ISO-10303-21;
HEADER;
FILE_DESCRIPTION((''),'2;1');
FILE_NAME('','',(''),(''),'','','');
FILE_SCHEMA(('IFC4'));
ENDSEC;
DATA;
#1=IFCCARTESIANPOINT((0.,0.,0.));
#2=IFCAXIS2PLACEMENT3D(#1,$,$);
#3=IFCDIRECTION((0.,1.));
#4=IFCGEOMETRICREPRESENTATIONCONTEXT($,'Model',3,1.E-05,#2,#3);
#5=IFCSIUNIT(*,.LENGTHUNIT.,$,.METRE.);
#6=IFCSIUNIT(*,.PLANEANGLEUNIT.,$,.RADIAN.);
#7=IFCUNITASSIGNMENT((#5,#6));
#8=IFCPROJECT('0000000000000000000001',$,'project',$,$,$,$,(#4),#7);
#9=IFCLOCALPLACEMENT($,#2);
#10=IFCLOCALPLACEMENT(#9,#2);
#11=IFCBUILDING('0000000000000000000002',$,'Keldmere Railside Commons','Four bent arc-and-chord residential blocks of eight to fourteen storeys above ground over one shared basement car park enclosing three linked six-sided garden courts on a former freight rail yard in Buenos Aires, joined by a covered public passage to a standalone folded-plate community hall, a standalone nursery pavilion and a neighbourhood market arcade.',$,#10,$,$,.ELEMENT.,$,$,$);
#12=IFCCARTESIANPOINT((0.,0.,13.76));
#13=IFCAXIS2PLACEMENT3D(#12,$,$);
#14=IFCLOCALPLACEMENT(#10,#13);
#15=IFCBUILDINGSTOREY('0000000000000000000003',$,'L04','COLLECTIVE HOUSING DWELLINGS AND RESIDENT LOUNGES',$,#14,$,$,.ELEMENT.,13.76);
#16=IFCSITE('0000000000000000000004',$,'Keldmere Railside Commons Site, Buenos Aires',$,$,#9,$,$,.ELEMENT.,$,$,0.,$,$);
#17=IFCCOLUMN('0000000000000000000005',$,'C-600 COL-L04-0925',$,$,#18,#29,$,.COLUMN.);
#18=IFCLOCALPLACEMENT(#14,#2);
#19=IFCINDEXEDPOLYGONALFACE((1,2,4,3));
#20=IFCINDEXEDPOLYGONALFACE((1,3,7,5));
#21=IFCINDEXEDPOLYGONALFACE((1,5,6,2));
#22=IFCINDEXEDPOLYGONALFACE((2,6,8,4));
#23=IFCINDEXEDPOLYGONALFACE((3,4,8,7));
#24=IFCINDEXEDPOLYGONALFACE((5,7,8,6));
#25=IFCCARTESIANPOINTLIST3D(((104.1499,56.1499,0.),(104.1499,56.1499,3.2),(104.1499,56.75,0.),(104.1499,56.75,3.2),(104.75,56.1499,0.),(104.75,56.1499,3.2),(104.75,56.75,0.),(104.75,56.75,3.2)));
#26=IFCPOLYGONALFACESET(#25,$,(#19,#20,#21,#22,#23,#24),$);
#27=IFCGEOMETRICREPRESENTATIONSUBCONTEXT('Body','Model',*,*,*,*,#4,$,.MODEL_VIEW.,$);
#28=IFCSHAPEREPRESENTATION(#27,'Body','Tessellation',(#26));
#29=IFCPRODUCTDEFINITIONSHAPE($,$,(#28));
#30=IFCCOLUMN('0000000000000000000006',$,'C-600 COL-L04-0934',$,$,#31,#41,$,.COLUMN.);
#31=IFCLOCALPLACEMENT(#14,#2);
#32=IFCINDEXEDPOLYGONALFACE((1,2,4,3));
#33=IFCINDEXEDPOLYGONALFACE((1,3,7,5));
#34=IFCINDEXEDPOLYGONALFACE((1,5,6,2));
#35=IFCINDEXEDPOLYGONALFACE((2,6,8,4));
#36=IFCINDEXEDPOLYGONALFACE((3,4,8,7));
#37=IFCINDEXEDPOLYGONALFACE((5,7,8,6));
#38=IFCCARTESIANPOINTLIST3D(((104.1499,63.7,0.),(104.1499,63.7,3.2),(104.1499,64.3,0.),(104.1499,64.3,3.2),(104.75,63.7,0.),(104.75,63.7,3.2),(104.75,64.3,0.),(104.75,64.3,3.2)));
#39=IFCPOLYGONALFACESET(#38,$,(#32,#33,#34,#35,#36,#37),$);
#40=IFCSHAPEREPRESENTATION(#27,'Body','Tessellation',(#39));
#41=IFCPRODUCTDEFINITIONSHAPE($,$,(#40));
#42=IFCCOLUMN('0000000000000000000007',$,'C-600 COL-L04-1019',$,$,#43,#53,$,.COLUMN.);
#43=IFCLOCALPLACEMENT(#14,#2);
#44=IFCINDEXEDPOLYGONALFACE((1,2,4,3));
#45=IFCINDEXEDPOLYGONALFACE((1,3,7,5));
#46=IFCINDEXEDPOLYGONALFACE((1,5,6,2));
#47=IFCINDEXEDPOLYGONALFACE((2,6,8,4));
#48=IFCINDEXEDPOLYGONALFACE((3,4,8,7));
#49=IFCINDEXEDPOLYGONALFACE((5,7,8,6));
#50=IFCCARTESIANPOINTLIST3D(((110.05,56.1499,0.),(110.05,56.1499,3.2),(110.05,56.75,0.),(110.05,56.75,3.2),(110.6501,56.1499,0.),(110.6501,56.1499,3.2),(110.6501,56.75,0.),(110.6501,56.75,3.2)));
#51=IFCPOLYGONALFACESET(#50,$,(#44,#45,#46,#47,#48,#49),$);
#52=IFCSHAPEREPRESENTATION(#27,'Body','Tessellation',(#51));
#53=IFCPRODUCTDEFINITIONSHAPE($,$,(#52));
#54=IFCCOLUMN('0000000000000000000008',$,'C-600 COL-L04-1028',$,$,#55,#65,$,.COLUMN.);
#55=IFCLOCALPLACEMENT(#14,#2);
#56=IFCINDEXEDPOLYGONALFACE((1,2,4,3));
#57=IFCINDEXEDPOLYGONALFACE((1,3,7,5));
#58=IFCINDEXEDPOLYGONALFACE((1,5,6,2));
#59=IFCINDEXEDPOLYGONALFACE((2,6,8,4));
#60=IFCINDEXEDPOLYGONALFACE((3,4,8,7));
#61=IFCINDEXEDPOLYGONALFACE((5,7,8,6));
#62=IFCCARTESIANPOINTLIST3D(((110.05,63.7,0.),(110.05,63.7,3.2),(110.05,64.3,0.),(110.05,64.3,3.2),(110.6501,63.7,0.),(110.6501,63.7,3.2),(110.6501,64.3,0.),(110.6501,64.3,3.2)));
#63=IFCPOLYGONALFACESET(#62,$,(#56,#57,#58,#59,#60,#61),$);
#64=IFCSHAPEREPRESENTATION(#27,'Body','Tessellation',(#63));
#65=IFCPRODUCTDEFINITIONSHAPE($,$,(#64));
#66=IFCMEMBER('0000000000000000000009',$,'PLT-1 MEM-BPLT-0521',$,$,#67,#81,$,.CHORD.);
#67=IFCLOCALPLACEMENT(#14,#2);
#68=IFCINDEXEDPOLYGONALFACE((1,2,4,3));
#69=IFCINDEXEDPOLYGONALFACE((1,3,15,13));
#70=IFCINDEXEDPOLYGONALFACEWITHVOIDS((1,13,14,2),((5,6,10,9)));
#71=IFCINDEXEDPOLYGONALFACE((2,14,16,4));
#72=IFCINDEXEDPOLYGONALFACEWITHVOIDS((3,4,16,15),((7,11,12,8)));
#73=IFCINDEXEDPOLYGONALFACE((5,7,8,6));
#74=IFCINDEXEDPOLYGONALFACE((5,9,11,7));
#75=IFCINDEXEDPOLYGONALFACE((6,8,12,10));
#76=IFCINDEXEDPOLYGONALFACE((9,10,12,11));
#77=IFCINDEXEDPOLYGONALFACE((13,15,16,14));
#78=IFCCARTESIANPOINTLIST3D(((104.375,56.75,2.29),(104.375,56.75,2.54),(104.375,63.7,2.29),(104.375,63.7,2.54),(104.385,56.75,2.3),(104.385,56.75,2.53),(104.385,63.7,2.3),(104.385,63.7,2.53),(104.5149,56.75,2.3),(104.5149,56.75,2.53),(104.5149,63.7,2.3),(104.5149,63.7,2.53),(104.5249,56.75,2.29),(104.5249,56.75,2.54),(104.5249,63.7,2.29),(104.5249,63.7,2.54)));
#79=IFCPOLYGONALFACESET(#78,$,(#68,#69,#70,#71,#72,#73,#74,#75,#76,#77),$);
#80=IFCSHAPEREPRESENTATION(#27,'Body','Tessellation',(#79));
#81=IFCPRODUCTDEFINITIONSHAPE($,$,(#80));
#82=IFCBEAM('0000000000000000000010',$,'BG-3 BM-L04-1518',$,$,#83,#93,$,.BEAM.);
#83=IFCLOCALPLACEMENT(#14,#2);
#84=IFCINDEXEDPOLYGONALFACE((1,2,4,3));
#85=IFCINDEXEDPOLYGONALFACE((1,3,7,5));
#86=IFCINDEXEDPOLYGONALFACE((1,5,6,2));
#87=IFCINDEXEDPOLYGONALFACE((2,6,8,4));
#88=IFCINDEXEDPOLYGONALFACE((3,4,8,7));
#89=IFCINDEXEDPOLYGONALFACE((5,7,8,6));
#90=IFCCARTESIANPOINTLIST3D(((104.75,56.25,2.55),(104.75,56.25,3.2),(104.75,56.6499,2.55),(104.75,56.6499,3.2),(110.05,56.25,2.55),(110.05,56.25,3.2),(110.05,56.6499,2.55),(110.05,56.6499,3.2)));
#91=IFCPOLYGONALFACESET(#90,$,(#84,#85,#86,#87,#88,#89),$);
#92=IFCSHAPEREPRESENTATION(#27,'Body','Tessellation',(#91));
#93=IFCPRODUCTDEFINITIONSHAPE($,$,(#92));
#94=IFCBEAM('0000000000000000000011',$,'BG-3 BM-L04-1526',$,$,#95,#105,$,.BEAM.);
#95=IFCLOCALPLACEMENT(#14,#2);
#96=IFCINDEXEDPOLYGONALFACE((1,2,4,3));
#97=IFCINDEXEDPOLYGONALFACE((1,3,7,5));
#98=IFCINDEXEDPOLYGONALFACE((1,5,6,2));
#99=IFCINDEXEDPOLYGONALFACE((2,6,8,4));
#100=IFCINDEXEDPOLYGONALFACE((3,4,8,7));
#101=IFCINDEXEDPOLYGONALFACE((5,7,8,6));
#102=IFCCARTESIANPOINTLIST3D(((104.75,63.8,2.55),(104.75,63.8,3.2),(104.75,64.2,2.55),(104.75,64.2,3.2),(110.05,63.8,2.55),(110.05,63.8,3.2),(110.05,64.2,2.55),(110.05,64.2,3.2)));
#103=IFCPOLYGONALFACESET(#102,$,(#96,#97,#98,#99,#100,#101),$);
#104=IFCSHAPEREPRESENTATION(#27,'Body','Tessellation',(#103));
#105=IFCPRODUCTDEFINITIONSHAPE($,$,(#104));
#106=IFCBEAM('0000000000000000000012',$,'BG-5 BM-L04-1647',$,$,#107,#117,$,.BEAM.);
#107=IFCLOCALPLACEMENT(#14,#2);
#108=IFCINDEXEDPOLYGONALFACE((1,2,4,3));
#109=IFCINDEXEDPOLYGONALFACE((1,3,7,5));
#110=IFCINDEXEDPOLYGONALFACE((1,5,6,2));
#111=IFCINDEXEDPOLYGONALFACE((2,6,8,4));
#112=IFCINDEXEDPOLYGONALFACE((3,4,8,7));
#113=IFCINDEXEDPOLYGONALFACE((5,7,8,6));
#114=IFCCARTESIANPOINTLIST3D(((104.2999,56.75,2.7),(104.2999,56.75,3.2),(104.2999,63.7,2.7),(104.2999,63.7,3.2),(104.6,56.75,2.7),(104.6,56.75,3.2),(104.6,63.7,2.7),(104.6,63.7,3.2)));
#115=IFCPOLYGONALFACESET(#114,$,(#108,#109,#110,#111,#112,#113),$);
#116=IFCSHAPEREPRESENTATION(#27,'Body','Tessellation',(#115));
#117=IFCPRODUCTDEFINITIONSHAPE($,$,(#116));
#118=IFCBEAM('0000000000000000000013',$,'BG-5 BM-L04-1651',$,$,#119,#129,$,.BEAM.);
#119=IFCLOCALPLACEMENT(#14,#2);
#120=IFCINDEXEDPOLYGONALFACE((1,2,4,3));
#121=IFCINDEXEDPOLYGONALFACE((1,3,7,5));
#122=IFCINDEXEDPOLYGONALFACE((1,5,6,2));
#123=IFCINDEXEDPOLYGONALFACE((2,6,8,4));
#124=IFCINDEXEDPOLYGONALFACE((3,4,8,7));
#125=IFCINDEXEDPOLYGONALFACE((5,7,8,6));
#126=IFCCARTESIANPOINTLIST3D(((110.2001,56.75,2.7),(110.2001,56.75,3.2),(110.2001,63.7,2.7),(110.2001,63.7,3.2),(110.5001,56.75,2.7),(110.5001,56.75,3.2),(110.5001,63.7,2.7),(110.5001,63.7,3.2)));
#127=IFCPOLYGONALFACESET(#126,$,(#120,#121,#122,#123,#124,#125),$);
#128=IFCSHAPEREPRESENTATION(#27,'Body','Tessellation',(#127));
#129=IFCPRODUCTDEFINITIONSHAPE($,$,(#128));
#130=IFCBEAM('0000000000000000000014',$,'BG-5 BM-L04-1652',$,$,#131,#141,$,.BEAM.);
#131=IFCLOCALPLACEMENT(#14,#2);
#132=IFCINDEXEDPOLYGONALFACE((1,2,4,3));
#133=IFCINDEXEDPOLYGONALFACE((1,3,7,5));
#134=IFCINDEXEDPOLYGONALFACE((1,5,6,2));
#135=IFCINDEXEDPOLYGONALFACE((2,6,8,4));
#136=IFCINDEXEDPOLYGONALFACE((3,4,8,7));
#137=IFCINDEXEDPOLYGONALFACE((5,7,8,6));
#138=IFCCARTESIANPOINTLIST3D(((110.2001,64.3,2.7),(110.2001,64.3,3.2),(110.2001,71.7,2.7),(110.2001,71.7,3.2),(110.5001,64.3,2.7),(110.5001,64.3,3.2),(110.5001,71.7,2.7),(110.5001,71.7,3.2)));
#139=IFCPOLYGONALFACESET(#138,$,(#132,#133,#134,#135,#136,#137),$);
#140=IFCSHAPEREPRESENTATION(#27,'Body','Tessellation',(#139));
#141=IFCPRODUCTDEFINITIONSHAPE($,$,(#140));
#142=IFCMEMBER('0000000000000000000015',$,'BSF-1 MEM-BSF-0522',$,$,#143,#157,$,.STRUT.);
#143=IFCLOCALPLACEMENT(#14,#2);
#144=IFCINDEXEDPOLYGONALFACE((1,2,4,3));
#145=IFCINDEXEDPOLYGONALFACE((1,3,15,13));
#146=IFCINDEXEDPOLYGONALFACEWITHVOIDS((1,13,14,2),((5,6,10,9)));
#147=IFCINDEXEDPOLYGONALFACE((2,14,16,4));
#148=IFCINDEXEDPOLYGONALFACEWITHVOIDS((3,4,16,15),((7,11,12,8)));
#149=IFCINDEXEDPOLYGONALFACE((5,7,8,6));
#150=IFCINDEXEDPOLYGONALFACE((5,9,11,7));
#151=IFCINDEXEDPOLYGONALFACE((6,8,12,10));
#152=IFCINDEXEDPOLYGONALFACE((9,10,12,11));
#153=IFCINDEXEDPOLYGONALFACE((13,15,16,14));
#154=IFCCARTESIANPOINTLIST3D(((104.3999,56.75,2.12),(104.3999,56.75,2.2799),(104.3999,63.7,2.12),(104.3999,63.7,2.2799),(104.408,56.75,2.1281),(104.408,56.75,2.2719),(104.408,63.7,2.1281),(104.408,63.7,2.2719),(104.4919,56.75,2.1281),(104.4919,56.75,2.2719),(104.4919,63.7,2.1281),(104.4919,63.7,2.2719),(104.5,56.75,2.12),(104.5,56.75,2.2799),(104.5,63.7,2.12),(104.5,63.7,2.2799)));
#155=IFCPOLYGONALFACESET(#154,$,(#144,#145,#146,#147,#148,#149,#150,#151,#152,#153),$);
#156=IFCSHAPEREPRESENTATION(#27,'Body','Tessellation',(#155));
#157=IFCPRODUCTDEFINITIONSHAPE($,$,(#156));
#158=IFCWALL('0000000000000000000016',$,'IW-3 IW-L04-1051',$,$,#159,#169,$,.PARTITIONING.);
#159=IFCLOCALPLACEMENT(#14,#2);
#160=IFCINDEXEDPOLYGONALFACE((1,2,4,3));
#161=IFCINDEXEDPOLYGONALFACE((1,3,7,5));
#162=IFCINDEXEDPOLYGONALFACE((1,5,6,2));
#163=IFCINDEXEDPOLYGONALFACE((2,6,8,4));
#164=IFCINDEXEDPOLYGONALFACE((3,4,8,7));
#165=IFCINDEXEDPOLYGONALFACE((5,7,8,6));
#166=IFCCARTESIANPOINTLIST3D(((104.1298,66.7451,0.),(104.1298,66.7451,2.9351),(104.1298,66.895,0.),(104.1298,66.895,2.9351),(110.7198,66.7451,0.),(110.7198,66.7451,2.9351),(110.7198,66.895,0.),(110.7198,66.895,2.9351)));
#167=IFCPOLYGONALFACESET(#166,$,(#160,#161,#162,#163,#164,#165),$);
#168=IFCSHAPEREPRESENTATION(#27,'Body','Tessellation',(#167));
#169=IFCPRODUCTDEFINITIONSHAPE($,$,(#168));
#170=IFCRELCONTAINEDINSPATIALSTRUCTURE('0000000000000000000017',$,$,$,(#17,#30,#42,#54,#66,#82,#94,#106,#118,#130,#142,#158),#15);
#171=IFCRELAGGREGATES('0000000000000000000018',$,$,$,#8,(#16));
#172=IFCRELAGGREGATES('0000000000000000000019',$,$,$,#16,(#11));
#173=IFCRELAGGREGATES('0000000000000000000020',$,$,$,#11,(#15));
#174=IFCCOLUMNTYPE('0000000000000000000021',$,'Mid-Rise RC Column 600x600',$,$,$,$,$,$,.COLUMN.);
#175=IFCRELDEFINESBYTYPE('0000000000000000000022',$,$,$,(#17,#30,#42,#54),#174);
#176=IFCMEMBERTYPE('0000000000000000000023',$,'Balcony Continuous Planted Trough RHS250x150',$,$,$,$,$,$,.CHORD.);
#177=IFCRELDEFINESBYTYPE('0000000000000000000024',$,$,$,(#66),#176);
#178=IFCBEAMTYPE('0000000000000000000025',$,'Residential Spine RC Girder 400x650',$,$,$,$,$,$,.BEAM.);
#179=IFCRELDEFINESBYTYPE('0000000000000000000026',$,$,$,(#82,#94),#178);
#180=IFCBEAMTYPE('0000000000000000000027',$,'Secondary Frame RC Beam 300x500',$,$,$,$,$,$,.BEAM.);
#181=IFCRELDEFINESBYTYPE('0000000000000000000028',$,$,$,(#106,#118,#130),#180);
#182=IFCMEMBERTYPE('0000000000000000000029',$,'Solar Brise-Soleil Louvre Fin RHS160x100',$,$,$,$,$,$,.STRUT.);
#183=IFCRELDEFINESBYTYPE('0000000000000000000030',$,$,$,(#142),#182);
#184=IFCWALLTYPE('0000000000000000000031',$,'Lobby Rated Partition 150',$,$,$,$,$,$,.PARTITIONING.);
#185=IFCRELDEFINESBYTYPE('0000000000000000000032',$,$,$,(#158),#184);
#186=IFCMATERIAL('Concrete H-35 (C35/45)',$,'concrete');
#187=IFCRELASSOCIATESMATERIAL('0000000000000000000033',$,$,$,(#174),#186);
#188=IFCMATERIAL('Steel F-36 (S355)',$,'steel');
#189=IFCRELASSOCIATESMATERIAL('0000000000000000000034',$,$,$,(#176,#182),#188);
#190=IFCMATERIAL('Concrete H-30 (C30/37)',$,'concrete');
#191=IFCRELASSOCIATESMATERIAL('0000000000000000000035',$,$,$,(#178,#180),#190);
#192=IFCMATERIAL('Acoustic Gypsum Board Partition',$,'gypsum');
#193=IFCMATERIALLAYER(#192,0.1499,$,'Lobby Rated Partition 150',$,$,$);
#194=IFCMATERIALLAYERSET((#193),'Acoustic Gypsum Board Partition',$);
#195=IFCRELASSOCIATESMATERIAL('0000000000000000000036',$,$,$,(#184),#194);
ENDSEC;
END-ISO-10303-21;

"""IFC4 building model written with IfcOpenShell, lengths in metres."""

from ifc_helpers import new_model, si_unit, direction, frame, frame_2d, origin, origin_2d, place, context, subcontext, project, spatial, rectangle, hollow_rectangle, extrude, material, layer, layer_set, material_profile, profile_set, type_object, element, save


model = new_model("IFC4")

# Units and contexts
model_context = context("Model", 3, precision=1e-05, world=origin(), true_north=direction((0.0, 1.0)))
body_context = subcontext(model_context, "Body", "Model", "MODEL_VIEW")
ifc_project = project(units=[si_unit("LENGTHUNIT", "METRE"), si_unit("PLANEANGLEUNIT", "RADIAN")], contexts=[model_context])

# Site, building, storey
site_placement = place(None, origin())
site = spatial("IfcSite", under=ifc_project, at=site_placement, Name="Keldmere Railside Commons Site, Buenos Aires", CompositionType="ELEMENT", RefElevation=0.0)
building_placement = place(site_placement, origin())
building = spatial("IfcBuilding", under=site, at=building_placement, Name="Keldmere Railside Commons", Description="Four bent arc-and-chord residential blocks of eight to fourteen storeys above ground over one shared basement car park enclosing three linked six-sided garden courts on a former freight rail yard in Buenos Aires, joined by a covered public passage to a standalone folded-plate community hall, a standalone nursery pavilion and a neighbourhood market arcade.", CompositionType="ELEMENT")
storey_placement = place(building_placement, frame((0.0, 0.0, 13.76)))
storey = spatial("IfcBuildingStorey", under=building, at=storey_placement, Name="L04", Description="COLLECTIVE HOUSING DWELLINGS AND RESIDENT LOUNGES", CompositionType="ELEMENT", Elevation=13.76)

# Columns
ifc_material_1 = material(Name="Concrete H-35 (C35/45)", Category="concrete")
ifc_material_profile_1 = material_profile(ifc_material_1, rectangle(XDim=0.6001, YDim=0.6001, at=origin_2d()), Name="RC-600x600")
ifc_profile_set_1 = profile_set([ifc_material_profile_1], Name="Concrete H-35 (C35/45)")
column_type = type_object("IfcColumnType", Name="Mid-Rise RC Column 600x600", PredefinedType="COLUMN", material=ifc_profile_set_1)
for number, where, z_axis, x_axis, name in (
    (1, (104.45, 56.45, 0.0), (0.0, 0.0, 1.0), (1.0, 0.0, 0.0), "C-600 COL-L04-0925"),
    (2, (104.45, 64.0, 0.0), (0.0, 0.0, 1.0), (1.0, 0.0, 0.0), "C-600 COL-L04-0934"),
    (3, (110.3501, 56.45, 0.0), (0.0, 0.0, 1.0), (1.0, 0.0, 0.0), "C-600 COL-L04-1019"),
    (4, (110.3501, 64.0, 0.0), (0.0, 0.0, 1.0), (1.0, 0.0, 0.0), "C-600 COL-L04-1028"),
):
    element("IfcColumn", number, at=place(storey_placement, frame(where, z_axis=z_axis, x_axis=x_axis)), inside=storey, type_object=column_type, Name=name, PredefinedType="COLUMN", context=body_context, shape_type="SweptSolid", body=[
        extrude(rectangle(XDim=0.6001, YDim=0.6001, at=origin_2d()), origin(), (0.0, 0.0, 1.0), 3.2),
    ])

# Member
ifc_material_2 = material(Name="Steel F-36 (S355)", Category="steel")
ifc_material_profile_2 = material_profile(ifc_material_2, hollow_rectangle(XDim=0.1499, YDim=0.25, WallThickness=0.01, at=origin_2d()), Name="RHS-250x150x10")
ifc_profile_set_2 = profile_set([ifc_material_profile_2], Name="Steel F-36 (S355)")
member_type_1 = type_object("IfcMemberType", Name="Balcony Continuous Planted Trough RHS250x150", PredefinedType="CHORD", material=ifc_profile_set_2)
member_1_placement = place(storey_placement, frame((104.45, 56.75, 2.415), z_axis=(0.0, 1.0, 0.0), x_axis=(-1.0, 0.0, 0.0)))
element("IfcMember", 5, at=member_1_placement, inside=storey, type_object=member_type_1, Name="PLT-1 MEM-BPLT-0521", PredefinedType="CHORD", context=body_context, shape_type="SweptSolid", body=[
    extrude(hollow_rectangle(XDim=0.1499, YDim=0.25, WallThickness=0.01, at=origin_2d()), origin(), (0.0, 0.0, 1.0), 6.95),
])

# Beams
ifc_material_3 = material(Name="Concrete H-30 (C30/37)", Category="concrete")
ifc_material_profile_3 = material_profile(ifc_material_3, rectangle(XDim=0.3999, YDim=0.6499, at=origin_2d()), Name="RC-400x650")
ifc_profile_set_3 = profile_set([ifc_material_profile_3], Name="Concrete H-30 (C30/37)")
beam_type_1 = type_object("IfcBeamType", Name="Residential Spine RC Girder 400x650", PredefinedType="BEAM", material=ifc_profile_set_3)
for number, where, z_axis, x_axis, name in (
    (6, (104.75, 56.45, 2.875), (1.0, 0.0, 0.0), (0.0, 1.0, 0.0), "BG-3 BM-L04-1518"),
    (7, (104.75, 64.0, 2.875), (1.0, 0.0, 0.0), (0.0, 1.0, 0.0), "BG-3 BM-L04-1526"),
):
    element("IfcBeam", number, at=place(storey_placement, frame(where, z_axis=z_axis, x_axis=x_axis)), inside=storey, type_object=beam_type_1, Name=name, PredefinedType="BEAM", context=body_context, shape_type="SweptSolid", body=[
        extrude(rectangle(XDim=0.3999, YDim=0.6499, at=origin_2d()), origin(), (0.0, 0.0, 1.0), 5.3),
    ])
ifc_material_profile_4 = material_profile(ifc_material_3, rectangle(XDim=0.3, YDim=0.5, at=origin_2d()), Name="RC-300x500")
ifc_profile_set_4 = profile_set([ifc_material_profile_4], Name="Concrete H-30 (C30/37)")
beam_type_2 = type_object("IfcBeamType", Name="Secondary Frame RC Beam 300x500", PredefinedType="BEAM", material=ifc_profile_set_4)
for number, where, z_axis, x_axis, name in (
    (8, (104.45, 56.75, 2.95), (0.0, 1.0, 0.0), (-1.0, 0.0, 0.0), "BG-5 BM-L04-1647"),
    (9, (110.3501, 56.75, 2.95), (0.0, 1.0, 0.0), (-1.0, 0.0, 0.0), "BG-5 BM-L04-1651"),
):
    element("IfcBeam", number, at=place(storey_placement, frame(where, z_axis=z_axis, x_axis=x_axis)), inside=storey, type_object=beam_type_2, Name=name, PredefinedType="BEAM", context=body_context, shape_type="SweptSolid", body=[
        extrude(rectangle(XDim=0.3, YDim=0.5, at=origin_2d()), origin(), (0.0, 0.0, 1.0), 6.95),
    ])
beam_placement = place(storey_placement, frame((110.3501, 64.3, 2.95), z_axis=(0.0, 1.0, 0.0), x_axis=(-1.0, 0.0, 0.0)))
element("IfcBeam", 10, at=beam_placement, inside=storey, type_object=beam_type_2, Name="BG-5 BM-L04-1652", PredefinedType="BEAM", context=body_context, shape_type="SweptSolid", body=[
    extrude(rectangle(XDim=0.3, YDim=0.5, at=origin_2d()), origin(), (0.0, 0.0, 1.0), 7.3999),
])

# Member
ifc_material_profile_5 = material_profile(ifc_material_2, hollow_rectangle(XDim=0.1001, YDim=0.1599, WallThickness=0.0081, at=origin_2d()), Name="RHS-160x100x8")
ifc_profile_set_5 = profile_set([ifc_material_profile_5], Name="Steel F-36 (S355)")
member_type_2 = type_object("IfcMemberType", Name="Solar Brise-Soleil Louvre Fin RHS160x100", PredefinedType="STRUT", material=ifc_profile_set_5)
member_2_placement = place(storey_placement, frame((104.45, 56.75, 2.2), z_axis=(0.0, 1.0, 0.0), x_axis=(-1.0, 0.0, 0.0)))
element("IfcMember", 11, at=member_2_placement, inside=storey, type_object=member_type_2, Name="BSF-1 MEM-BSF-0522", PredefinedType="STRUT", context=body_context, shape_type="SweptSolid", body=[
    extrude(hollow_rectangle(XDim=0.1001, YDim=0.1599, WallThickness=0.0081, at=origin_2d()), origin(), (0.0, 0.0, 1.0), 6.95),
])

# Wall
ifc_material_4 = material(Name="Acoustic Gypsum Board Partition", Category="gypsum")
ifc_layer_1 = layer(ifc_material_4, 0.1499, Name="Lobby Rated Partition 150")
ifc_layer_set_1 = layer_set([ifc_layer_1], Name="Acoustic Gypsum Board Partition")
wall_type_1 = type_object("IfcWallType", Name="Lobby Rated Partition 150", PredefinedType="PARTITIONING", material=ifc_layer_set_1)
wall_1_placement = place(storey_placement, frame((104.1299, 66.8201, 0.0), z_axis=(0.0, 0.0, 1.0), x_axis=(1.0, 0.0, 0.0)))
element("IfcWall", 12, at=wall_1_placement, inside=storey, type_object=wall_type_1, Name="IW-3 IW-L04-1051", PredefinedType="PARTITIONING", context=body_context, shape_type="SweptSolid", body=[
    extrude(rectangle(XDim=6.5901, YDim=0.1499, at=frame_2d((3.2949, 0.0))), origin(), (0.0, 0.0, 1.0), 2.9351),
])

save(model, "model.ifc")
